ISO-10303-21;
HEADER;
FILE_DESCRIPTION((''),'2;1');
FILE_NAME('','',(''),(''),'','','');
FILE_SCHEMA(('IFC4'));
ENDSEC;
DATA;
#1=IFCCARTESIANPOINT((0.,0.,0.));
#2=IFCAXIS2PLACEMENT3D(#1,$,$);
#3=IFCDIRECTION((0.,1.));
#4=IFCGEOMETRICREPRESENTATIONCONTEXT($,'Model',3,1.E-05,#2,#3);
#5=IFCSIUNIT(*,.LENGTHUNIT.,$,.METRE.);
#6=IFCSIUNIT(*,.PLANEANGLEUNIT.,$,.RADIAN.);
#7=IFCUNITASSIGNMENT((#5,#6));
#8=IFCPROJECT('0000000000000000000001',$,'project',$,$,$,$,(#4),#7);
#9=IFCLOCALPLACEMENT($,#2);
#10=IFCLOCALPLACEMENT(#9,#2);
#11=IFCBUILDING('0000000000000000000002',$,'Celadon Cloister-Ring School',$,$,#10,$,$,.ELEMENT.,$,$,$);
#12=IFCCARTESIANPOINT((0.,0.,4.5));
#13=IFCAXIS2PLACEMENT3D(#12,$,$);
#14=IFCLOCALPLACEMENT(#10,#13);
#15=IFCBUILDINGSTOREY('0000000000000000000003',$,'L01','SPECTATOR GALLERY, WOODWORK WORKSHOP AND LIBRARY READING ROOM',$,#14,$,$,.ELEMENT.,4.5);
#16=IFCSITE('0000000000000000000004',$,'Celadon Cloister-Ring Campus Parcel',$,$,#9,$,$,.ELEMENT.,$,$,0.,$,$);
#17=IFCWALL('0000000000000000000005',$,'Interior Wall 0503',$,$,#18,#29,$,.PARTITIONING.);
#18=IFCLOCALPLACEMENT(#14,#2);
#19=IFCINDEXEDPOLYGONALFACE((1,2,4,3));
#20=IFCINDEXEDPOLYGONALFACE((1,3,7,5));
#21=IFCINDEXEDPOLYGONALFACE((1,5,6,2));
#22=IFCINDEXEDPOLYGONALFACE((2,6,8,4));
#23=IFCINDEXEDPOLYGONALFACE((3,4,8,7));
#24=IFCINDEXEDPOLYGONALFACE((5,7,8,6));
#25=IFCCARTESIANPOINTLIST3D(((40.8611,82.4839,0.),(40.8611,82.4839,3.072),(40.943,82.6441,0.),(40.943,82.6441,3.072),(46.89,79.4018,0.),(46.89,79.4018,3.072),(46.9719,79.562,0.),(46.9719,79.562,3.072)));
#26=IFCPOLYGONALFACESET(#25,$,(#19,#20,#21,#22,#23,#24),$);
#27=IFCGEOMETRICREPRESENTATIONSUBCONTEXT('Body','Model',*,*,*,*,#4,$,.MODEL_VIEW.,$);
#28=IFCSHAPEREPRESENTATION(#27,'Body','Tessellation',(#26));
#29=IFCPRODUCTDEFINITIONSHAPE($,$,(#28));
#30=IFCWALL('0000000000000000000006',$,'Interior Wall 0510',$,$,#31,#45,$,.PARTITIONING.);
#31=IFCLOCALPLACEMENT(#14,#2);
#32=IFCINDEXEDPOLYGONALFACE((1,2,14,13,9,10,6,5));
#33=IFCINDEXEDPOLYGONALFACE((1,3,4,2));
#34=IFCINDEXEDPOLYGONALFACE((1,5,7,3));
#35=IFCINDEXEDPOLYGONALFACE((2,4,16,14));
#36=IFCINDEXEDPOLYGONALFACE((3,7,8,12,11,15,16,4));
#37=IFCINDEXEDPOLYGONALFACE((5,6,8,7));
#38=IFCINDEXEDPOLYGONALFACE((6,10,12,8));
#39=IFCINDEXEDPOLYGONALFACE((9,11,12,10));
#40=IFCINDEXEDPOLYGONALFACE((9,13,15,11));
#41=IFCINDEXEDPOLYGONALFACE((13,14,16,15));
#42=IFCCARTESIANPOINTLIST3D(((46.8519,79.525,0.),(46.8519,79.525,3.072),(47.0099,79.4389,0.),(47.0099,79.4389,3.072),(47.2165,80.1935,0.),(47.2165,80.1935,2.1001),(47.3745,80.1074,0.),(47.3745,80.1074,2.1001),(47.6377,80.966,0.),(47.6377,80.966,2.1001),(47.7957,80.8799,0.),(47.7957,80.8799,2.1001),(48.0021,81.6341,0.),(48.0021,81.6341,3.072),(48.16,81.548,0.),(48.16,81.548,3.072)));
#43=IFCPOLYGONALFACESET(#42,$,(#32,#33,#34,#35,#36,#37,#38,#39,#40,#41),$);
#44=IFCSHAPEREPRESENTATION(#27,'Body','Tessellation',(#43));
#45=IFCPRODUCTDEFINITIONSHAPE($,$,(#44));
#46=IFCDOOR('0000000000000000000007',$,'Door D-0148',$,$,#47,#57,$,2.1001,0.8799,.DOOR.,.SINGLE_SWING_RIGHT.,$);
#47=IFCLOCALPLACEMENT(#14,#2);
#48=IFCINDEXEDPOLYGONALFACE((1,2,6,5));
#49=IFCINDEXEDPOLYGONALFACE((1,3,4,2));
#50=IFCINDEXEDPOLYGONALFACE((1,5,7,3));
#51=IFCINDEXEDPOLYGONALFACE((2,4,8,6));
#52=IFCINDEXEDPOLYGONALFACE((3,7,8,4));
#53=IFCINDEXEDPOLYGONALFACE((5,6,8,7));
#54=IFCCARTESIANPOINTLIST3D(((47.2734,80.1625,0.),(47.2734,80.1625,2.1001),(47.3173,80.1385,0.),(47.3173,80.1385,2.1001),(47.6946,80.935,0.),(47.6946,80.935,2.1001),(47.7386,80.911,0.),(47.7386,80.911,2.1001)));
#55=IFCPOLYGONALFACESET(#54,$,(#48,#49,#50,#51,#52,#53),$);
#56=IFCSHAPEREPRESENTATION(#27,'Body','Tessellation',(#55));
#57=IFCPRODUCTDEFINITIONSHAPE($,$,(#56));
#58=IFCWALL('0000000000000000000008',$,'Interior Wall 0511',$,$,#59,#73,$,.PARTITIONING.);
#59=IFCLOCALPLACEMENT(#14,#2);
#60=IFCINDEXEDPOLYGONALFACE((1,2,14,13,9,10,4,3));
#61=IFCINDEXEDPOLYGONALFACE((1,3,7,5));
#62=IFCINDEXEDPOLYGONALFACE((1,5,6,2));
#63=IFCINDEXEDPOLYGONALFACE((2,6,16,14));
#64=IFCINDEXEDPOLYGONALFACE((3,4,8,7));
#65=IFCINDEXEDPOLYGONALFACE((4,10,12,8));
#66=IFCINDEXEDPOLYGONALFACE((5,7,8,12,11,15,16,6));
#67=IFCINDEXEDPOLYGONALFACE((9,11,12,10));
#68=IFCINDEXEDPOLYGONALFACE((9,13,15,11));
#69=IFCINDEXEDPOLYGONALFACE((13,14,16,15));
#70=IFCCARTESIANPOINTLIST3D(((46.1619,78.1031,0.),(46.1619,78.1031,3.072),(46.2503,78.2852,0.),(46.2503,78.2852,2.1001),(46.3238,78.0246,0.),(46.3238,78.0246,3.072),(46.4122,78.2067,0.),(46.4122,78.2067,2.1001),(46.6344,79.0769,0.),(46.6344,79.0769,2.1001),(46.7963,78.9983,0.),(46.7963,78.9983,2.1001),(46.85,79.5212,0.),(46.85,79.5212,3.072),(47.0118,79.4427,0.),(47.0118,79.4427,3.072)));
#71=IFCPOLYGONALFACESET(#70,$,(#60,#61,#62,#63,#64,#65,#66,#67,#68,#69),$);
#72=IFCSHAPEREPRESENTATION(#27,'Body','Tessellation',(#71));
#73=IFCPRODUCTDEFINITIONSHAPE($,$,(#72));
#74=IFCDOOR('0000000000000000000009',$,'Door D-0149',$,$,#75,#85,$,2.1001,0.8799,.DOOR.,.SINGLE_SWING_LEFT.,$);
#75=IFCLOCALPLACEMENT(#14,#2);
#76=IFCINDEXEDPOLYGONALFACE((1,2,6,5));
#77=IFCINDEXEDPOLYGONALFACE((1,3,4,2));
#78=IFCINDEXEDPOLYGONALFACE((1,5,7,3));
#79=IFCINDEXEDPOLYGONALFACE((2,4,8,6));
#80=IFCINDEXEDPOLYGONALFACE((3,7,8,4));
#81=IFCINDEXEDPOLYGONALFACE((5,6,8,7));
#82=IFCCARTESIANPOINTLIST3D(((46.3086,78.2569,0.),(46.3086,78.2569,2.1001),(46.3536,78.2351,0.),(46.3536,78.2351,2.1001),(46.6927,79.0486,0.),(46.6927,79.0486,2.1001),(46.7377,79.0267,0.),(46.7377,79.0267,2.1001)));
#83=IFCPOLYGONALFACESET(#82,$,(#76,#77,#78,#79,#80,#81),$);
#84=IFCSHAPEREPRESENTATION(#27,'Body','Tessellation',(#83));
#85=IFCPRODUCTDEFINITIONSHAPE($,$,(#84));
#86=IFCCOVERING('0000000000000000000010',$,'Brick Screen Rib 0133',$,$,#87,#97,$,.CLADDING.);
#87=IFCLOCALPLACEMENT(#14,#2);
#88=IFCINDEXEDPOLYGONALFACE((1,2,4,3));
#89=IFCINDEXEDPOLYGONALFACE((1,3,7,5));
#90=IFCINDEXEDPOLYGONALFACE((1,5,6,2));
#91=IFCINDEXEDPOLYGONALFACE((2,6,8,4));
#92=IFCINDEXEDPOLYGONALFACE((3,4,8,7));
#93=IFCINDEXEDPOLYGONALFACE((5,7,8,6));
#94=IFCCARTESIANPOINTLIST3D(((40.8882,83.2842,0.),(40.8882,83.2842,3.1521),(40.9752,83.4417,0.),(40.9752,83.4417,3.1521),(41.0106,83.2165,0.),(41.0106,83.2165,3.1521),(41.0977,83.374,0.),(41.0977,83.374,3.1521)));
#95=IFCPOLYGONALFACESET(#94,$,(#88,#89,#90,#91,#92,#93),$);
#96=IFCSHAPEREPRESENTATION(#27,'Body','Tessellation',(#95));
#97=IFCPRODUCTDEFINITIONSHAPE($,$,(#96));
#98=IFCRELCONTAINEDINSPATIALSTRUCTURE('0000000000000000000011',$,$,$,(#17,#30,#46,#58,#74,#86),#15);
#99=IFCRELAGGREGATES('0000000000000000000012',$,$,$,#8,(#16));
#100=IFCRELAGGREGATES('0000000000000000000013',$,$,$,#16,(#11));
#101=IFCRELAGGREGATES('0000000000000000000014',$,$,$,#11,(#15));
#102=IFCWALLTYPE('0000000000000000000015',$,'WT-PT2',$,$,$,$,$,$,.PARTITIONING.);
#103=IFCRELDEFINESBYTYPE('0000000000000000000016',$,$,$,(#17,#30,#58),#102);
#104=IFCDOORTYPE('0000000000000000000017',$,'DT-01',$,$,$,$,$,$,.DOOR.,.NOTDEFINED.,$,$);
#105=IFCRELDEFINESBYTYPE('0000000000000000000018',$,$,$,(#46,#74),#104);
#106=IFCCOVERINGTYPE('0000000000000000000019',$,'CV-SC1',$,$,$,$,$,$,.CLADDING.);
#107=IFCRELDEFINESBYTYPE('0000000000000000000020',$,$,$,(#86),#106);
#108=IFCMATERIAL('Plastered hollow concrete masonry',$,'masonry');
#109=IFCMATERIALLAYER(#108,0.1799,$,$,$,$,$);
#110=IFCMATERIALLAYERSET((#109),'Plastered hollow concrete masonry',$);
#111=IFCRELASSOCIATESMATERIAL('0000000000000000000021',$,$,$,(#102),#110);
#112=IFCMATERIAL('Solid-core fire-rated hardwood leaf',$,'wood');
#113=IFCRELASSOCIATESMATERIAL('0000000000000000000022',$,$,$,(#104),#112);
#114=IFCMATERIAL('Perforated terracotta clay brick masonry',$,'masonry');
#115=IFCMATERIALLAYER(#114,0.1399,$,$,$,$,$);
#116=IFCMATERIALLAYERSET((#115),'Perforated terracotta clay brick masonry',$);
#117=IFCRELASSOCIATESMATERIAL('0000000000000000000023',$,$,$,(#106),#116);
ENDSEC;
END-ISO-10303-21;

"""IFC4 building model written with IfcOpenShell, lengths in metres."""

from ifc_helpers import new_model, si_unit, direction, frame, frame_2d, origin, origin_2d, place, context, subcontext, project, spatial, rectangle, extrude, material, layer, layer_set, type_object, element, fill, save


model = new_model("IFC4")

# Units and contexts
model_context = context("Model", 3, precision=1e-05, world=origin(), true_north=direction((0.0, 1.0)))
body_context = subcontext(model_context, "Body", "Model", "MODEL_VIEW")
ifc_project = project(units=[si_unit("LENGTHUNIT", "METRE"), si_unit("PLANEANGLEUNIT", "RADIAN")], contexts=[model_context])

# Site, building, storey
site_placement = place(None, origin())
site = spatial("IfcSite", under=ifc_project, at=site_placement, Name="Celadon Cloister-Ring Campus Parcel", CompositionType="ELEMENT", RefElevation=0.0)
building_placement = place(site_placement, origin())
building = spatial("IfcBuilding", under=site, at=building_placement, Name="Celadon Cloister-Ring School", CompositionType="ELEMENT")
storey_placement = place(building_placement, frame((0.0, 0.0, 4.5)))
storey = spatial("IfcBuildingStorey", under=building, at=storey_placement, Name="L01", Description="SPECTATOR GALLERY, WOODWORK WORKSHOP AND LIBRARY READING ROOM", CompositionType="ELEMENT", Elevation=4.5)

# Wall
ifc_material_1 = material(Name="Plastered hollow concrete masonry", Category="masonry")
ifc_layer_1 = layer(ifc_material_1, 0.1799)
ifc_layer_set_1 = layer_set([ifc_layer_1], Name="Plastered hollow concrete masonry")
wall_type_1 = type_object("IfcWallType", Name="WT-PT2", PredefinedType="PARTITIONING", material=ifc_layer_set_1)
wall_1_placement = place(storey_placement, frame((46.9309, 79.4819, 0.0), z_axis=(0.0, 0.0, 1.0), x_axis=(-0.890396, 0.455186, 0.0)))
element("IfcWall", 1, at=wall_1_placement, inside=storey, type_object=wall_type_1, Name="Interior Wall 0503", PredefinedType="PARTITIONING", context=body_context, shape_type="SweptSolid", body=[
    extrude(rectangle(XDim=6.771, YDim=0.1799, at=frame_2d((3.3855, 0.0))), origin(), (0.0, 0.0, 1.0), 3.072),
])

# Walls, openings, doors
wall_2_placement = place(storey_placement, frame((48.0811, 81.5911, 0.0), z_axis=(0.0, 0.0, 1.0), x_axis=(-0.47876, -0.877946, 0.0)))
wall_2 = element("IfcWall", 2, at=wall_2_placement, inside=storey, type_object=wall_type_1, Name="Interior Wall 0510", PredefinedType="PARTITIONING", context=body_context, shape_type="SweptSolid", body=[
    extrude(rectangle(XDim=2.4023, YDim=0.1799, at=frame_2d((1.2012, 0.0))), origin(), (0.0, 0.0, 1.0), 3.072),
])
opening_1_placement = place(wall_2_placement, frame((0.761, 0.0, 0.0)))
opening_1 = element("IfcOpeningElement", 3, at=opening_1_placement, cuts=wall_2, PredefinedType="OPENING", context=body_context, shape_type="SweptSolid", body=[
    extrude(rectangle(XDim=0.8799, YDim=2.1001, at=frame_2d((0.4399, 1.05))), frame((0.0, 0.1001, 0.0), z_axis=(0.0, -1.0, 0.0), x_axis=(1.0, 0.0, 0.0)), (0.0, 0.0, 1.0), 0.2),
])
ifc_material_2 = material(Name="Solid-core fire-rated hardwood leaf", Category="wood")
door_type = type_object("IfcDoorType", Name="DT-01", OperationType="NOTDEFINED", PredefinedType="DOOR", material=ifc_material_2)
door_1_placement = place(opening_1_placement, origin())
door_1 = element("IfcDoor", 4, at=door_1_placement, inside=storey, type_object=door_type, Name="Door D-0148", OperationType="SINGLE_SWING_RIGHT", OverallHeight=2.1001, OverallWidth=0.8799, PredefinedType="DOOR", context=body_context, shape_type="SweptSolid", body=[
    extrude(rectangle(XDim=0.8799, YDim=2.1001, at=frame_2d((0.4399, 1.05))), frame((0.0, 0.0249, 0.0), z_axis=(0.0, -1.0, 0.0), x_axis=(1.0, 0.0, 0.0)), (0.0, 0.0, 1.0), 0.05),
])
fill(opening_1, door_1)
wall_3_placement = place(storey_placement, frame((46.9309, 79.4819, 0.0), z_axis=(0.0, 0.0, 1.0), x_axis=(-0.436524, -0.899692, 0.0)))
wall_3 = element("IfcWall", 5, at=wall_3_placement, inside=storey, type_object=wall_type_1, Name="Interior Wall 0511", PredefinedType="PARTITIONING", context=body_context, shape_type="SweptSolid", body=[
    extrude(rectangle(XDim=1.5762, YDim=0.1799, at=frame_2d((0.7881, 0.0))), origin(), (0.0, 0.0, 1.0), 3.072),
])
opening_2_placement = place(wall_3_placement, frame((0.4939, 0.0, 0.0)))
opening_2 = element("IfcOpeningElement", 6, at=opening_2_placement, cuts=wall_3, PredefinedType="OPENING", context=body_context, shape_type="SweptSolid", body=[
    extrude(rectangle(XDim=0.8799, YDim=2.1001, at=frame_2d((0.4399, 1.05))), frame((0.0, 0.1001, 0.0), z_axis=(0.0, -1.0, 0.0), x_axis=(1.0, 0.0, 0.0)), (0.0, 0.0, 1.0), 0.2),
])
door_2_placement = place(opening_2_placement, origin())
door_2 = element("IfcDoor", 7, at=door_2_placement, inside=storey, type_object=door_type, Name="Door D-0149", OperationType="SINGLE_SWING_LEFT", OverallHeight=2.1001, OverallWidth=0.8799, PredefinedType="DOOR", context=body_context, shape_type="SweptSolid", body=[
    extrude(rectangle(XDim=0.8799, YDim=2.1001, at=frame_2d((0.4399, 1.05))), frame((0.0, 0.0249, 0.0), z_axis=(0.0, -1.0, 0.0), x_axis=(1.0, 0.0, 0.0)), (0.0, 0.0, 1.0), 0.05),
])
fill(opening_2, door_2)

# Covering
ifc_material_3 = material(Name="Perforated terracotta clay brick masonry", Category="masonry")
ifc_layer_2 = layer(ifc_material_3, 0.1399)
ifc_layer_set_2 = layer_set([ifc_layer_2], Name="Perforated terracotta clay brick masonry")
covering_type = type_object("IfcCoveringType", Name="CV-SC1", PredefinedType="CLADDING", material=ifc_layer_set_2)
covering_placement = place(storey_placement, frame((40.9929, 83.3291, 0.0), z_axis=(0.0, 0.0, 1.0), x_axis=(0.483863, 0.875144, 0.0)))
element("IfcCovering", 8, at=covering_placement, inside=storey, type_object=covering_type, Name="Brick Screen Rib 0133", PredefinedType="CLADDING", context=body_context, shape_type="SweptSolid", body=[
    extrude(rectangle(XDim=0.1799, YDim=0.1399, at=origin_2d()), origin(), (0.0, 0.0, 1.0), 3.1521),
])

save(model, "model.ifc")
